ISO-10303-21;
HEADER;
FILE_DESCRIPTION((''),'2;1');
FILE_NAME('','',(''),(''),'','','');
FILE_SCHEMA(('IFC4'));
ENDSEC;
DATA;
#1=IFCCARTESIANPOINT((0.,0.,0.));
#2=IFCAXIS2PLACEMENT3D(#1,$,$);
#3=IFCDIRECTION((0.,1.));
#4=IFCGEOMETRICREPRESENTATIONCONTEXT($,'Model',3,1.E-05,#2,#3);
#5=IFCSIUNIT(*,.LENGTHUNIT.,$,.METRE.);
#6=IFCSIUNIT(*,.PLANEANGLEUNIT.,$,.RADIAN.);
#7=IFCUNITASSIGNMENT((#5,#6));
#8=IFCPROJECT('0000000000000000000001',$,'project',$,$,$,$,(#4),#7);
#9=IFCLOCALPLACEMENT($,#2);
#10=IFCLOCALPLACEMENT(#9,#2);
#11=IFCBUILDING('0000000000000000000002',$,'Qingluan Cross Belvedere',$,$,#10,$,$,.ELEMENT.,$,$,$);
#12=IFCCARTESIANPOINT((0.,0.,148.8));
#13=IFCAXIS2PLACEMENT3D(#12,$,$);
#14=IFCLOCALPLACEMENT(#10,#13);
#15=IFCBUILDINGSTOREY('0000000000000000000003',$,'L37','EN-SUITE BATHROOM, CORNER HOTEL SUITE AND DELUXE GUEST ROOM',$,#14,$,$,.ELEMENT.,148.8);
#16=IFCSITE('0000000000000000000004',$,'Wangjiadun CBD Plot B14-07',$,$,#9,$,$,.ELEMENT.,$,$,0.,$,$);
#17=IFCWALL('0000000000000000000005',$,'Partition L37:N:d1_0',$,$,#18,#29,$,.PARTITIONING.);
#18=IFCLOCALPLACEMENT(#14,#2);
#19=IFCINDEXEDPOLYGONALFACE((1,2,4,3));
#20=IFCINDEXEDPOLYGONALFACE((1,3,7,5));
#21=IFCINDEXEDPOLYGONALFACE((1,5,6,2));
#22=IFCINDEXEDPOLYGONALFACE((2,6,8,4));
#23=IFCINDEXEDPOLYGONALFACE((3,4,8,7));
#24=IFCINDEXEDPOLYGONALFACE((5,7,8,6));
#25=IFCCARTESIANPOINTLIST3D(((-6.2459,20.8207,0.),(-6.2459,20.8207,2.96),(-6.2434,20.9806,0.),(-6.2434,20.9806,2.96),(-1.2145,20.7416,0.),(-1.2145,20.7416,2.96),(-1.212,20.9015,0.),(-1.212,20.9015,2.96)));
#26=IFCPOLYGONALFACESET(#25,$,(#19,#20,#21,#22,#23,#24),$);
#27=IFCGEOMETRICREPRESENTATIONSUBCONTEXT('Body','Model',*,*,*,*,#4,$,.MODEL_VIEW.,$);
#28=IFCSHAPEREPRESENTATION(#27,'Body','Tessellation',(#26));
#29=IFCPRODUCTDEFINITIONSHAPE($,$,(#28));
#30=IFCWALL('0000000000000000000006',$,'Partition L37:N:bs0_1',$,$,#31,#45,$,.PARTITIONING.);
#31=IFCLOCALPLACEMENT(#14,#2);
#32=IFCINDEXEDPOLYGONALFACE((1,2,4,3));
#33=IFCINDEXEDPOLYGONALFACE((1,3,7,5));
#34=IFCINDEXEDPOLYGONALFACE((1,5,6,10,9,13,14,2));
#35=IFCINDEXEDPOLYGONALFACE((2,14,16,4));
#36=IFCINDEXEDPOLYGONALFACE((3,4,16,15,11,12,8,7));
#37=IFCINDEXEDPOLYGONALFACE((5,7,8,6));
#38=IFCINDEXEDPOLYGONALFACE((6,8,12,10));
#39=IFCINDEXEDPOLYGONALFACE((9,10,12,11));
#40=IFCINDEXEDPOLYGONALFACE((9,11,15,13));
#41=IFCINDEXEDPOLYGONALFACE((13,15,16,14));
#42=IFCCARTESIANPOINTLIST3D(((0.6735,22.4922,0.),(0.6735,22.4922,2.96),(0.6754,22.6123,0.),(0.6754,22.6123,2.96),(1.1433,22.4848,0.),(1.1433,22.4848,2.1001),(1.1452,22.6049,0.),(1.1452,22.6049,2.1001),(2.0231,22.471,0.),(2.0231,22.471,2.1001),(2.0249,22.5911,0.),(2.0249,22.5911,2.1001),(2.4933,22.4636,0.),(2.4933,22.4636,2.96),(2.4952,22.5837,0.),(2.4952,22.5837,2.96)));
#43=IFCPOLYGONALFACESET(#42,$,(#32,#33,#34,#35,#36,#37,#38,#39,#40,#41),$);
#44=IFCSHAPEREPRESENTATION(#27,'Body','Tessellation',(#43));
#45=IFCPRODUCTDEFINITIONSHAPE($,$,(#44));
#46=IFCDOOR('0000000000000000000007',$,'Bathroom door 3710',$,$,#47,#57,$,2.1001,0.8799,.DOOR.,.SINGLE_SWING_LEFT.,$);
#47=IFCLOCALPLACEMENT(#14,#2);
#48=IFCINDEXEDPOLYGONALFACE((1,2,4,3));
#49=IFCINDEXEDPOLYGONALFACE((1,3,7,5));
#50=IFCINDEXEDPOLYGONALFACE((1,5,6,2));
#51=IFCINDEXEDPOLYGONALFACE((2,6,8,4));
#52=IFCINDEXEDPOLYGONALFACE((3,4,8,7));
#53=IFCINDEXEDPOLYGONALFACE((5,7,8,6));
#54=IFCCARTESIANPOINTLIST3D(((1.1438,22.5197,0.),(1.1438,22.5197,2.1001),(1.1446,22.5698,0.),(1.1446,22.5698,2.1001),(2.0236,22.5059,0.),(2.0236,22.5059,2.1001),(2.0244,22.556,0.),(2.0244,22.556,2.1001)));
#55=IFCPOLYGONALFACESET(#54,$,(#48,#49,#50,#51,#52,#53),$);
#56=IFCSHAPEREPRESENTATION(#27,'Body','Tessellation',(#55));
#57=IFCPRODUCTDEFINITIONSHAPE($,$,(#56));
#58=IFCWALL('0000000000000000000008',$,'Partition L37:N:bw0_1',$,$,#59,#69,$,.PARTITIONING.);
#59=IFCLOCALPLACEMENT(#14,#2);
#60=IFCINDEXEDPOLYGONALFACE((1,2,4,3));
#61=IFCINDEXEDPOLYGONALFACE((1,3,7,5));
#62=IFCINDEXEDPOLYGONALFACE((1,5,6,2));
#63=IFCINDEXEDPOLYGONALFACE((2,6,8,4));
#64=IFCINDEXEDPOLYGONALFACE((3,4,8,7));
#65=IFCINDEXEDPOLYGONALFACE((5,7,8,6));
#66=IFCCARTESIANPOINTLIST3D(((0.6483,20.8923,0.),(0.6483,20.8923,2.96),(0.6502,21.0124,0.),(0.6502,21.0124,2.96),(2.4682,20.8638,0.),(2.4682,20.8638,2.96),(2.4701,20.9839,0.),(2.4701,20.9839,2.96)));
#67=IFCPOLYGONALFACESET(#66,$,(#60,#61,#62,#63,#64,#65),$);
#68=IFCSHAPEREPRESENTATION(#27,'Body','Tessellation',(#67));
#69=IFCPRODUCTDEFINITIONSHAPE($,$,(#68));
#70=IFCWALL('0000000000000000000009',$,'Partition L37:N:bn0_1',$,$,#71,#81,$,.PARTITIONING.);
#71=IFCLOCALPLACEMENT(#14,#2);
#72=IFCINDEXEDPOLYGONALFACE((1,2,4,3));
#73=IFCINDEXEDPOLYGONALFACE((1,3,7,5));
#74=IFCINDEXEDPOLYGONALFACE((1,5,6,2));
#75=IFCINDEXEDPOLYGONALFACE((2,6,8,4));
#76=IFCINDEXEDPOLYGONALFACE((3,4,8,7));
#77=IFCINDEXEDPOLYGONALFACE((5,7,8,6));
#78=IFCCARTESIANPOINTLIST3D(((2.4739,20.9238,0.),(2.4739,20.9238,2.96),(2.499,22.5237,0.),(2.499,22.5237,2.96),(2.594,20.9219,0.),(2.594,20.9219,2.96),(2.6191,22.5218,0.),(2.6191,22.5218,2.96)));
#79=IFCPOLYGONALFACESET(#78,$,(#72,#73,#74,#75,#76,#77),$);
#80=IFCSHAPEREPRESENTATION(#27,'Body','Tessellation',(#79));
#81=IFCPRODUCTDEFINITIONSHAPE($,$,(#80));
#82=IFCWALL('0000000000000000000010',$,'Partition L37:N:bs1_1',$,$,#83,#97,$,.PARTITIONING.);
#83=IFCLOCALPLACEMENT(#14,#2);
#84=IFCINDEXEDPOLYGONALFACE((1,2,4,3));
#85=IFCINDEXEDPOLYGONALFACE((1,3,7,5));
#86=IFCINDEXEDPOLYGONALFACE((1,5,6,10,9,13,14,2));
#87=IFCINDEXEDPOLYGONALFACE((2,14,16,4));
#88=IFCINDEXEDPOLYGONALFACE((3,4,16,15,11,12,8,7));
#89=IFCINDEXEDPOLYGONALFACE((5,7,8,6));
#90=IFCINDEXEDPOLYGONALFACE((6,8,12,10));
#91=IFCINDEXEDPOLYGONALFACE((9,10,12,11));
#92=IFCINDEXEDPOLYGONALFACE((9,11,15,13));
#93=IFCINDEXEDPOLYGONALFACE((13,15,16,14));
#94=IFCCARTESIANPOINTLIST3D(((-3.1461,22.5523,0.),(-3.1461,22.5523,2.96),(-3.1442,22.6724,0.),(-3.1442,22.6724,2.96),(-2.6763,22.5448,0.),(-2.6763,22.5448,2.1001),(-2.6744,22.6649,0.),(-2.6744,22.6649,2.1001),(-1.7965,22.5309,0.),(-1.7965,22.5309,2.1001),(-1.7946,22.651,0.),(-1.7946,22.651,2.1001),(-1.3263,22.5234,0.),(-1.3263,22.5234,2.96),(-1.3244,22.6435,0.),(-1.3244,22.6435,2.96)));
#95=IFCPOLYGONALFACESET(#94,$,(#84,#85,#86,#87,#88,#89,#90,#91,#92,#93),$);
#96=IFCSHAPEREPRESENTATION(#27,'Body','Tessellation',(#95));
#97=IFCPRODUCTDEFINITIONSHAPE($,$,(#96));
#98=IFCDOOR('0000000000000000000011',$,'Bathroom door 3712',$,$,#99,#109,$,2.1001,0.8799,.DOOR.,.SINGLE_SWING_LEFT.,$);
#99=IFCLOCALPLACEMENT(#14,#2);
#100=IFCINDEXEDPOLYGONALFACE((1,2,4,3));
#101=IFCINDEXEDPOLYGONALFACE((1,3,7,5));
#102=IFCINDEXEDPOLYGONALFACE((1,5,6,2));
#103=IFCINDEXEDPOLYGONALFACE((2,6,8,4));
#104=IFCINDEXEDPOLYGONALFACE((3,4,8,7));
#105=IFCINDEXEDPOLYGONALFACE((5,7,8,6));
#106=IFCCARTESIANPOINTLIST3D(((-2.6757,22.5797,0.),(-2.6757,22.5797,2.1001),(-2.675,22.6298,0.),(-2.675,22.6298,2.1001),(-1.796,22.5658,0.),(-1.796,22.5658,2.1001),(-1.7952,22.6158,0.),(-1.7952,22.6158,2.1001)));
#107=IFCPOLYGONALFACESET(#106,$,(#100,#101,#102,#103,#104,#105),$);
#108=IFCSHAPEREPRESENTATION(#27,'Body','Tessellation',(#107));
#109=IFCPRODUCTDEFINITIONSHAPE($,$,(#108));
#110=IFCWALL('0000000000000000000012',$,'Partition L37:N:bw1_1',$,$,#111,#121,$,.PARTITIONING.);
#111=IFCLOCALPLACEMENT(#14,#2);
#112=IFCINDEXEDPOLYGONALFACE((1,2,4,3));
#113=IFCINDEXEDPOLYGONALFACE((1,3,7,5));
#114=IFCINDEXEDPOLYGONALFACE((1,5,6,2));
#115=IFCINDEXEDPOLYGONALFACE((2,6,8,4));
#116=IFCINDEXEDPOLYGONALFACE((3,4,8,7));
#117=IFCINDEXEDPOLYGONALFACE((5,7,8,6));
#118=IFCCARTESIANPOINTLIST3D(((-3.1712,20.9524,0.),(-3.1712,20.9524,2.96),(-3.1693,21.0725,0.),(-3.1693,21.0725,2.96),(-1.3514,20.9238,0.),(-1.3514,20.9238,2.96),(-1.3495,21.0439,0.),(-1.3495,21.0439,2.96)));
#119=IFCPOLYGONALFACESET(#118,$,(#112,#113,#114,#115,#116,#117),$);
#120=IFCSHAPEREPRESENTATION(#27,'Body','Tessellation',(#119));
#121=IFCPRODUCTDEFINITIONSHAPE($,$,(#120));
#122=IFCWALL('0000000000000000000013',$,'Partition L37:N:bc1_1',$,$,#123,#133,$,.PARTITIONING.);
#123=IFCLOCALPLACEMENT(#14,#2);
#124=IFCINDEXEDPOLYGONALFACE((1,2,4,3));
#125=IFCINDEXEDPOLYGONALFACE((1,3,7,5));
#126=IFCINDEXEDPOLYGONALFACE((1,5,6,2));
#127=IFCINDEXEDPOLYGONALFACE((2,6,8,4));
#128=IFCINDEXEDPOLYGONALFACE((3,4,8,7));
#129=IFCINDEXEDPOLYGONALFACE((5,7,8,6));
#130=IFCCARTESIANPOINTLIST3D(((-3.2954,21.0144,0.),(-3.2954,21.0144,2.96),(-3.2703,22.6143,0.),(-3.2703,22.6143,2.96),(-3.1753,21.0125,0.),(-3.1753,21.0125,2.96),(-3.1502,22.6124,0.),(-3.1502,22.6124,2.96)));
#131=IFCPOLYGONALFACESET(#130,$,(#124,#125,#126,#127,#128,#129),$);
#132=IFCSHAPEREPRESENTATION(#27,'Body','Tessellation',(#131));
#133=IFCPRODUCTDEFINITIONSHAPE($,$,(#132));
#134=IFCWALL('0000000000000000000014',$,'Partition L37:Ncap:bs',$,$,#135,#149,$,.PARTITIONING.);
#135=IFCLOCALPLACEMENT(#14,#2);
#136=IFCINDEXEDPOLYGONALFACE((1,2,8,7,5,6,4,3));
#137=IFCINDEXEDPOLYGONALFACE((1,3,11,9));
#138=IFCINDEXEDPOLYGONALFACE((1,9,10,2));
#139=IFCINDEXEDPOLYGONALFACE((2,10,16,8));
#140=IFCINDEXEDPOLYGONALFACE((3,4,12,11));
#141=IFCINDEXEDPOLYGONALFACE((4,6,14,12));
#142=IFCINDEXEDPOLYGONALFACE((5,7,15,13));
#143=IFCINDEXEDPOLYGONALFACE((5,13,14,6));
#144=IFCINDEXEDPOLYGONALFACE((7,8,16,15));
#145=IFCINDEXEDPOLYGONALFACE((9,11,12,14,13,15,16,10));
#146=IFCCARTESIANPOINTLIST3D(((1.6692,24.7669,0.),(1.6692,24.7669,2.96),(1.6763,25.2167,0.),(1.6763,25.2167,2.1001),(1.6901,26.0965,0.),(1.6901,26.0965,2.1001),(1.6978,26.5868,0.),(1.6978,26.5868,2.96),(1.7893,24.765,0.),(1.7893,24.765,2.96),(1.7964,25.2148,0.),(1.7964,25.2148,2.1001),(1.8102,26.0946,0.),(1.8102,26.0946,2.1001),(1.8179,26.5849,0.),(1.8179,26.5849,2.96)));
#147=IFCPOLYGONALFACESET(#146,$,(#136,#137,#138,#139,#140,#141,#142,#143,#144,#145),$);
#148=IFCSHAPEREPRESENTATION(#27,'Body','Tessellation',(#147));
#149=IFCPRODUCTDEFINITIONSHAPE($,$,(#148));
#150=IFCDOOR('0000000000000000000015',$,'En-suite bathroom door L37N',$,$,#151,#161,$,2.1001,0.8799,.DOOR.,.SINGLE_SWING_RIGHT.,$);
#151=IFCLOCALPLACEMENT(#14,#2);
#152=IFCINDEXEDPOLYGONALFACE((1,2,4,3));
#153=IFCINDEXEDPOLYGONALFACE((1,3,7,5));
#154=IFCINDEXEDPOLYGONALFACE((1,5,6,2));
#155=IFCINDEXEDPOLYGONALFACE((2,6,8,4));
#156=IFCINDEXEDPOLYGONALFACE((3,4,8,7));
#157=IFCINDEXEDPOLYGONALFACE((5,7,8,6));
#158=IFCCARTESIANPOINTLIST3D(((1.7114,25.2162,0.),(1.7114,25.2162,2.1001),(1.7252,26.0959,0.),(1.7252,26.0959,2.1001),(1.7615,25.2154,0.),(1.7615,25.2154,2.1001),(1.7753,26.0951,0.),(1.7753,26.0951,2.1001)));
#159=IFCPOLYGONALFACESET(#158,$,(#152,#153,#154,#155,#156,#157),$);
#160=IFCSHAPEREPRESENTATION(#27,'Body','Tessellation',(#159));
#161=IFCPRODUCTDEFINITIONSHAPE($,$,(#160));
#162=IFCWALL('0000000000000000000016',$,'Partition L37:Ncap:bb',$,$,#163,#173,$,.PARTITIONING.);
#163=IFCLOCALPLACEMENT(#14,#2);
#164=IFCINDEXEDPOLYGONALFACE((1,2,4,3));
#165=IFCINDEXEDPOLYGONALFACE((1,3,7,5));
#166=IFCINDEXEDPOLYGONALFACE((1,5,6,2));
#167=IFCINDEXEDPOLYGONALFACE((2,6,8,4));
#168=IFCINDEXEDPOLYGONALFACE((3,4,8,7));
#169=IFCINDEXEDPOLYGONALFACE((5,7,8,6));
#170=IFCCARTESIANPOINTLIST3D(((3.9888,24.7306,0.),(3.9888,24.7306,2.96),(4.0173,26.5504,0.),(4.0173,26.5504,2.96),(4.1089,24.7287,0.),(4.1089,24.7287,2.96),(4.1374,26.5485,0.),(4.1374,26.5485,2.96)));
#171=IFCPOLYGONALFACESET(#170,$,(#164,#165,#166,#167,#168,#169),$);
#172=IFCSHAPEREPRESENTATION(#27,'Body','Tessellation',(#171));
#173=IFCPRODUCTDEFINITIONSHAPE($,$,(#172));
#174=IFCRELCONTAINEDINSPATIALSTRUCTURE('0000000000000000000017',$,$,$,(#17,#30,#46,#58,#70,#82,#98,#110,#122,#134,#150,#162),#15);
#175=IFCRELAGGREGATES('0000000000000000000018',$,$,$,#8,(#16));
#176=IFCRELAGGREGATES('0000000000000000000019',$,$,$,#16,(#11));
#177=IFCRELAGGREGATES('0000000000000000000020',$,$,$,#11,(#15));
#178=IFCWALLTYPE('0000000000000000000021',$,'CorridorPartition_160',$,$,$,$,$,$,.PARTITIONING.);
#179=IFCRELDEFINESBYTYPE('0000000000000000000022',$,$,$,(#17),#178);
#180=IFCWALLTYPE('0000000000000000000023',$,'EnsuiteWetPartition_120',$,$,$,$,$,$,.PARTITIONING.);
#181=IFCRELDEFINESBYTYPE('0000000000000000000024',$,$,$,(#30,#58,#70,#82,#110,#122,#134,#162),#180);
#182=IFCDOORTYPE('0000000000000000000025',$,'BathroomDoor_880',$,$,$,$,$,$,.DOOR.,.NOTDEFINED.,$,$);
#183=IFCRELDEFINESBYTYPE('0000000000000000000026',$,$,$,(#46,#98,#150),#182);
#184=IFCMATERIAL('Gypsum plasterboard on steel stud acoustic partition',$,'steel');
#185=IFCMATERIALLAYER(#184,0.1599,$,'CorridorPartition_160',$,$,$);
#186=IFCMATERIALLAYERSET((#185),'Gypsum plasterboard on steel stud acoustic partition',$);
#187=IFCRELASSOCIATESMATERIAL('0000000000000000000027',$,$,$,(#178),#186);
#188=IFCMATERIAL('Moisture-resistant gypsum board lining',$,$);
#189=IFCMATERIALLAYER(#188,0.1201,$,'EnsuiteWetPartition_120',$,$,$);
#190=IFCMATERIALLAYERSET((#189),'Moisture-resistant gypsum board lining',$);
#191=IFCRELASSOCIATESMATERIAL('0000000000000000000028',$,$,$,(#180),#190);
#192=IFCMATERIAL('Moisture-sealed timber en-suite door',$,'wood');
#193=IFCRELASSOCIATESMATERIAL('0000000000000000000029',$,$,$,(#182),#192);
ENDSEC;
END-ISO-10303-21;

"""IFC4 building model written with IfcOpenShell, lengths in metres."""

from ifc_helpers import new_model, si_unit, direction, frame, frame_2d, origin, place, context, subcontext, project, spatial, rectangle, extrude, material, layer, layer_set, type_object, element, fill, save


model = new_model("IFC4")

# Units and contexts
model_context = context("Model", 3, precision=1e-05, world=origin(), true_north=direction((0.0, 1.0)))
body_context = subcontext(model_context, "Body", "Model", "MODEL_VIEW")
ifc_project = project(units=[si_unit("LENGTHUNIT", "METRE"), si_unit("PLANEANGLEUNIT", "RADIAN")], contexts=[model_context])

# Site, building, storey
site_placement = place(None, origin())
site = spatial("IfcSite", under=ifc_project, at=site_placement, Name="Wangjiadun CBD Plot B14-07", CompositionType="ELEMENT", RefElevation=0.0)
building_placement = place(site_placement, origin())
building = spatial("IfcBuilding", under=site, at=building_placement, Name="Qingluan Cross Belvedere", CompositionType="ELEMENT")
storey_placement = place(building_placement, frame((0.0, 0.0, 148.8)))
storey = spatial("IfcBuildingStorey", under=building, at=storey_placement, Name="L37", Description="EN-SUITE BATHROOM, CORNER HOTEL SUITE AND DELUXE GUEST ROOM", CompositionType="ELEMENT", Elevation=148.8)

# Wall
ifc_material_1 = material(Name="Gypsum plasterboard on steel stud acoustic partition", Category="steel")
ifc_layer_1 = layer(ifc_material_1, 0.1599, Name="CorridorPartition_160")
ifc_layer_set_1 = layer_set([ifc_layer_1], Name="Gypsum plasterboard on steel stud acoustic partition")
wall_type_1 = type_object("IfcWallType", Name="CorridorPartition_160", PredefinedType="PARTITIONING", material=ifc_layer_set_1)
wall_1_placement = place(storey_placement, frame((-1.2131, 20.8215, 0.0), z_axis=(0.0, 0.0, 1.0), x_axis=(-0.999876, 0.01572, 0.0)))
element("IfcWall", 1, at=wall_1_placement, inside=storey, type_object=wall_type_1, Name="Partition L37:N:d1_0", PredefinedType="PARTITIONING", context=body_context, shape_type="SweptSolid", body=[
    extrude(rectangle(XDim=5.032, YDim=0.1599, at=frame_2d((2.5161, 0.0))), origin(), (0.0, 0.0, 1.0), 2.96),
])

# Wall, opening, door
ifc_material_2 = material(Name="Moisture-resistant gypsum board lining")
ifc_layer_2 = layer(ifc_material_2, 0.1201, Name="EnsuiteWetPartition_120")
ifc_layer_set_2 = layer_set([ifc_layer_2], Name="Moisture-resistant gypsum board lining")
wall_type_2 = type_object("IfcWallType", Name="EnsuiteWetPartition_120", PredefinedType="PARTITIONING", material=ifc_layer_set_2)
wall_2_placement = place(storey_placement, frame((0.6743, 22.5522, 0.0), z_axis=(0.0, 0.0, 1.0), x_axis=(0.999877, -0.015694, 0.0)))
wall_2 = element("IfcWall", 2, at=wall_2_placement, inside=storey, type_object=wall_type_2, Name="Partition L37:N:bs0_1", PredefinedType="PARTITIONING", context=body_context, shape_type="SweptSolid", body=[
    extrude(rectangle(XDim=1.8201, YDim=0.1201, at=frame_2d((0.9102, 0.0))), origin(), (0.0, 0.0, 1.0), 2.96),
])
opening_1_placement = place(wall_2_placement, frame((0.47, 0.0, 0.0)))
opening_1 = element("IfcOpeningElement", 3, at=opening_1_placement, cuts=wall_2, PredefinedType="OPENING", context=body_context, shape_type="SweptSolid", body=[
    extrude(rectangle(XDim=0.8799, YDim=2.1001, at=frame_2d((0.4399, 1.05))), frame((0.0, 0.0701, 0.0), z_axis=(0.0, -1.0, 0.0), x_axis=(1.0, 0.0, 0.0)), (0.0, 0.0, 1.0), 0.1401),
])
ifc_material_3 = material(Name="Moisture-sealed timber en-suite door", Category="wood")
door_type = type_object("IfcDoorType", Name="BathroomDoor_880", OperationType="NOTDEFINED", PredefinedType="DOOR", material=ifc_material_3)
door_1_placement = place(opening_1_placement, origin())
door_1 = element("IfcDoor", 4, at=door_1_placement, inside=storey, type_object=door_type, Name="Bathroom door 3710", OperationType="SINGLE_SWING_LEFT", OverallHeight=2.1001, OverallWidth=0.8799, PredefinedType="DOOR", context=body_context, shape_type="SweptSolid", body=[
    extrude(rectangle(XDim=0.8799, YDim=2.1001, at=frame_2d((0.4399, 1.05))), frame((0.0, 0.0249, 0.0), z_axis=(0.0, -1.0, 0.0), x_axis=(1.0, 0.0, 0.0)), (0.0, 0.0, 1.0), 0.05),
])
fill(opening_1, door_1)

# Walls
wall_3_placement = place(storey_placement, frame((0.6492, 20.9524, 0.0), z_axis=(0.0, 0.0, 1.0), x_axis=(0.999877, -0.015694, 0.0)))
element("IfcWall", 5, at=wall_3_placement, inside=storey, type_object=wall_type_2, Name="Partition L37:N:bw0_1", PredefinedType="PARTITIONING", context=body_context, shape_type="SweptSolid", body=[
    extrude(rectangle(XDim=1.8201, YDim=0.1201, at=frame_2d((0.9102, 0.0))), origin(), (0.0, 0.0, 1.0), 2.96),
])
wall_4_placement = place(storey_placement, frame((2.5339, 20.9229, 0.0), z_axis=(0.0, 0.0, 1.0), x_axis=(0.015716, 0.999876, 0.0)))
element("IfcWall", 6, at=wall_4_placement, inside=storey, type_object=wall_type_2, Name="Partition L37:N:bn0_1", PredefinedType="PARTITIONING", context=body_context, shape_type="SweptSolid", body=[
    extrude(rectangle(XDim=1.6001, YDim=0.1201, at=frame_2d((0.8, 0.0))), origin(), (0.0, 0.0, 1.0), 2.96),
])

# Wall, opening, door
wall_5_placement = place(storey_placement, frame((-3.1453, 22.6123, 0.0), z_axis=(0.0, 0.0, 1.0), x_axis=(0.999875, -0.015828, 0.0)))
wall_5 = element("IfcWall", 7, at=wall_5_placement, inside=storey, type_object=wall_type_2, Name="Partition L37:N:bs1_1", PredefinedType="PARTITIONING", context=body_context, shape_type="SweptSolid", body=[
    extrude(rectangle(XDim=1.8201, YDim=0.1201, at=frame_2d((0.9102, 0.0))), origin(), (0.0, 0.0, 1.0), 2.96),
])
opening_2_placement = place(wall_5_placement, frame((0.47, 0.0, 0.0)))
opening_2 = element("IfcOpeningElement", 8, at=opening_2_placement, cuts=wall_5, PredefinedType="OPENING", context=body_context, shape_type="SweptSolid", body=[
    extrude(rectangle(XDim=0.8799, YDim=2.1001, at=frame_2d((0.4399, 1.05))), frame((0.0, 0.0701, 0.0), z_axis=(0.0, -1.0, 0.0), x_axis=(1.0, 0.0, 0.0)), (0.0, 0.0, 1.0), 0.1401),
])
door_2_placement = place(opening_2_placement, origin())
door_2 = element("IfcDoor", 9, at=door_2_placement, inside=storey, type_object=door_type, Name="Bathroom door 3712", OperationType="SINGLE_SWING_LEFT", OverallHeight=2.1001, OverallWidth=0.8799, PredefinedType="DOOR", context=body_context, shape_type="SweptSolid", body=[
    extrude(rectangle(XDim=0.8799, YDim=2.1001, at=frame_2d((0.4399, 1.05))), frame((0.0, 0.0249, 0.0), z_axis=(0.0, -1.0, 0.0), x_axis=(1.0, 0.0, 0.0)), (0.0, 0.0, 1.0), 0.05),
])
fill(opening_2, door_2)

# Walls
wall_6_placement = place(storey_placement, frame((-3.1704, 21.0125, 0.0), z_axis=(0.0, 0.0, 1.0), x_axis=(0.999877, -0.015694, 0.0)))
element("IfcWall", 10, at=wall_6_placement, inside=storey, type_object=wall_type_2, Name="Partition L37:N:bw1_1", PredefinedType="PARTITIONING", context=body_context, shape_type="SweptSolid", body=[
    extrude(rectangle(XDim=1.8201, YDim=0.1201, at=frame_2d((0.9102, 0.0))), origin(), (0.0, 0.0, 1.0), 2.96),
])
wall_7_placement = place(storey_placement, frame((-3.2354, 21.0134, 0.0), z_axis=(0.0, 0.0, 1.0), x_axis=(0.015716, 0.999876, 0.0)))
element("IfcWall", 11, at=wall_7_placement, inside=storey, type_object=wall_type_2, Name="Partition L37:N:bc1_1", PredefinedType="PARTITIONING", context=body_context, shape_type="SweptSolid", body=[
    extrude(rectangle(XDim=1.6001, YDim=0.1201, at=frame_2d((0.8, 0.0))), origin(), (0.0, 0.0, 1.0), 2.96),
])

# Wall, opening, door
wall_8_placement = place(storey_placement, frame((1.7292, 24.7659, 0.0), z_axis=(0.0, 0.0, 1.0), x_axis=(0.015694, 0.999877, 0.0)))
wall_8 = element("IfcWall", 12, at=wall_8_placement, inside=storey, type_object=wall_type_2, Name="Partition L37:Ncap:bs", PredefinedType="PARTITIONING", context=body_context, shape_type="SweptSolid", body=[
    extrude(rectangle(XDim=1.8201, YDim=0.1201, at=frame_2d((0.9102, 0.0))), origin(), (0.0, 0.0, 1.0), 2.96),
])
opening_3_placement = place(wall_8_placement, frame((0.45, 0.0, 0.0)))
opening_3 = element("IfcOpeningElement", 13, at=opening_3_placement, cuts=wall_8, PredefinedType="OPENING", context=body_context, shape_type="SweptSolid", body=[
    extrude(rectangle(XDim=0.8799, YDim=2.1001, at=frame_2d((0.4399, 1.05))), frame((0.0, 0.0701, 0.0), z_axis=(0.0, -1.0, 0.0), x_axis=(1.0, 0.0, 0.0)), (0.0, 0.0, 1.0), 0.1401),
])
door_3_placement = place(opening_3_placement, origin())
door_3 = element("IfcDoor", 14, at=door_3_placement, inside=storey, type_object=door_type, Name="En-suite bathroom door L37N", OperationType="SINGLE_SWING_RIGHT", OverallHeight=2.1001, OverallWidth=0.8799, PredefinedType="DOOR", context=body_context, shape_type="SweptSolid", body=[
    extrude(rectangle(XDim=0.8799, YDim=2.1001, at=frame_2d((0.4399, 1.05))), frame((0.0, 0.0249, 0.0), z_axis=(0.0, -1.0, 0.0), x_axis=(1.0, 0.0, 0.0)), (0.0, 0.0, 1.0), 0.05),
])
fill(opening_3, door_3)

# Wall
wall_9_placement = place(storey_placement, frame((4.0488, 24.7295, 0.0), z_axis=(0.0, 0.0, 1.0), x_axis=(0.015694, 0.999877, 0.0)))
element("IfcWall", 15, at=wall_9_placement, inside=storey, type_object=wall_type_2, Name="Partition L37:Ncap:bb", PredefinedType="PARTITIONING", context=body_context, shape_type="SweptSolid", body=[
    extrude(rectangle(XDim=1.8201, YDim=0.1201, at=frame_2d((0.9102, 0.0))), origin(), (0.0, 0.0, 1.0), 2.96),
])

save(model, "model.ifc")
